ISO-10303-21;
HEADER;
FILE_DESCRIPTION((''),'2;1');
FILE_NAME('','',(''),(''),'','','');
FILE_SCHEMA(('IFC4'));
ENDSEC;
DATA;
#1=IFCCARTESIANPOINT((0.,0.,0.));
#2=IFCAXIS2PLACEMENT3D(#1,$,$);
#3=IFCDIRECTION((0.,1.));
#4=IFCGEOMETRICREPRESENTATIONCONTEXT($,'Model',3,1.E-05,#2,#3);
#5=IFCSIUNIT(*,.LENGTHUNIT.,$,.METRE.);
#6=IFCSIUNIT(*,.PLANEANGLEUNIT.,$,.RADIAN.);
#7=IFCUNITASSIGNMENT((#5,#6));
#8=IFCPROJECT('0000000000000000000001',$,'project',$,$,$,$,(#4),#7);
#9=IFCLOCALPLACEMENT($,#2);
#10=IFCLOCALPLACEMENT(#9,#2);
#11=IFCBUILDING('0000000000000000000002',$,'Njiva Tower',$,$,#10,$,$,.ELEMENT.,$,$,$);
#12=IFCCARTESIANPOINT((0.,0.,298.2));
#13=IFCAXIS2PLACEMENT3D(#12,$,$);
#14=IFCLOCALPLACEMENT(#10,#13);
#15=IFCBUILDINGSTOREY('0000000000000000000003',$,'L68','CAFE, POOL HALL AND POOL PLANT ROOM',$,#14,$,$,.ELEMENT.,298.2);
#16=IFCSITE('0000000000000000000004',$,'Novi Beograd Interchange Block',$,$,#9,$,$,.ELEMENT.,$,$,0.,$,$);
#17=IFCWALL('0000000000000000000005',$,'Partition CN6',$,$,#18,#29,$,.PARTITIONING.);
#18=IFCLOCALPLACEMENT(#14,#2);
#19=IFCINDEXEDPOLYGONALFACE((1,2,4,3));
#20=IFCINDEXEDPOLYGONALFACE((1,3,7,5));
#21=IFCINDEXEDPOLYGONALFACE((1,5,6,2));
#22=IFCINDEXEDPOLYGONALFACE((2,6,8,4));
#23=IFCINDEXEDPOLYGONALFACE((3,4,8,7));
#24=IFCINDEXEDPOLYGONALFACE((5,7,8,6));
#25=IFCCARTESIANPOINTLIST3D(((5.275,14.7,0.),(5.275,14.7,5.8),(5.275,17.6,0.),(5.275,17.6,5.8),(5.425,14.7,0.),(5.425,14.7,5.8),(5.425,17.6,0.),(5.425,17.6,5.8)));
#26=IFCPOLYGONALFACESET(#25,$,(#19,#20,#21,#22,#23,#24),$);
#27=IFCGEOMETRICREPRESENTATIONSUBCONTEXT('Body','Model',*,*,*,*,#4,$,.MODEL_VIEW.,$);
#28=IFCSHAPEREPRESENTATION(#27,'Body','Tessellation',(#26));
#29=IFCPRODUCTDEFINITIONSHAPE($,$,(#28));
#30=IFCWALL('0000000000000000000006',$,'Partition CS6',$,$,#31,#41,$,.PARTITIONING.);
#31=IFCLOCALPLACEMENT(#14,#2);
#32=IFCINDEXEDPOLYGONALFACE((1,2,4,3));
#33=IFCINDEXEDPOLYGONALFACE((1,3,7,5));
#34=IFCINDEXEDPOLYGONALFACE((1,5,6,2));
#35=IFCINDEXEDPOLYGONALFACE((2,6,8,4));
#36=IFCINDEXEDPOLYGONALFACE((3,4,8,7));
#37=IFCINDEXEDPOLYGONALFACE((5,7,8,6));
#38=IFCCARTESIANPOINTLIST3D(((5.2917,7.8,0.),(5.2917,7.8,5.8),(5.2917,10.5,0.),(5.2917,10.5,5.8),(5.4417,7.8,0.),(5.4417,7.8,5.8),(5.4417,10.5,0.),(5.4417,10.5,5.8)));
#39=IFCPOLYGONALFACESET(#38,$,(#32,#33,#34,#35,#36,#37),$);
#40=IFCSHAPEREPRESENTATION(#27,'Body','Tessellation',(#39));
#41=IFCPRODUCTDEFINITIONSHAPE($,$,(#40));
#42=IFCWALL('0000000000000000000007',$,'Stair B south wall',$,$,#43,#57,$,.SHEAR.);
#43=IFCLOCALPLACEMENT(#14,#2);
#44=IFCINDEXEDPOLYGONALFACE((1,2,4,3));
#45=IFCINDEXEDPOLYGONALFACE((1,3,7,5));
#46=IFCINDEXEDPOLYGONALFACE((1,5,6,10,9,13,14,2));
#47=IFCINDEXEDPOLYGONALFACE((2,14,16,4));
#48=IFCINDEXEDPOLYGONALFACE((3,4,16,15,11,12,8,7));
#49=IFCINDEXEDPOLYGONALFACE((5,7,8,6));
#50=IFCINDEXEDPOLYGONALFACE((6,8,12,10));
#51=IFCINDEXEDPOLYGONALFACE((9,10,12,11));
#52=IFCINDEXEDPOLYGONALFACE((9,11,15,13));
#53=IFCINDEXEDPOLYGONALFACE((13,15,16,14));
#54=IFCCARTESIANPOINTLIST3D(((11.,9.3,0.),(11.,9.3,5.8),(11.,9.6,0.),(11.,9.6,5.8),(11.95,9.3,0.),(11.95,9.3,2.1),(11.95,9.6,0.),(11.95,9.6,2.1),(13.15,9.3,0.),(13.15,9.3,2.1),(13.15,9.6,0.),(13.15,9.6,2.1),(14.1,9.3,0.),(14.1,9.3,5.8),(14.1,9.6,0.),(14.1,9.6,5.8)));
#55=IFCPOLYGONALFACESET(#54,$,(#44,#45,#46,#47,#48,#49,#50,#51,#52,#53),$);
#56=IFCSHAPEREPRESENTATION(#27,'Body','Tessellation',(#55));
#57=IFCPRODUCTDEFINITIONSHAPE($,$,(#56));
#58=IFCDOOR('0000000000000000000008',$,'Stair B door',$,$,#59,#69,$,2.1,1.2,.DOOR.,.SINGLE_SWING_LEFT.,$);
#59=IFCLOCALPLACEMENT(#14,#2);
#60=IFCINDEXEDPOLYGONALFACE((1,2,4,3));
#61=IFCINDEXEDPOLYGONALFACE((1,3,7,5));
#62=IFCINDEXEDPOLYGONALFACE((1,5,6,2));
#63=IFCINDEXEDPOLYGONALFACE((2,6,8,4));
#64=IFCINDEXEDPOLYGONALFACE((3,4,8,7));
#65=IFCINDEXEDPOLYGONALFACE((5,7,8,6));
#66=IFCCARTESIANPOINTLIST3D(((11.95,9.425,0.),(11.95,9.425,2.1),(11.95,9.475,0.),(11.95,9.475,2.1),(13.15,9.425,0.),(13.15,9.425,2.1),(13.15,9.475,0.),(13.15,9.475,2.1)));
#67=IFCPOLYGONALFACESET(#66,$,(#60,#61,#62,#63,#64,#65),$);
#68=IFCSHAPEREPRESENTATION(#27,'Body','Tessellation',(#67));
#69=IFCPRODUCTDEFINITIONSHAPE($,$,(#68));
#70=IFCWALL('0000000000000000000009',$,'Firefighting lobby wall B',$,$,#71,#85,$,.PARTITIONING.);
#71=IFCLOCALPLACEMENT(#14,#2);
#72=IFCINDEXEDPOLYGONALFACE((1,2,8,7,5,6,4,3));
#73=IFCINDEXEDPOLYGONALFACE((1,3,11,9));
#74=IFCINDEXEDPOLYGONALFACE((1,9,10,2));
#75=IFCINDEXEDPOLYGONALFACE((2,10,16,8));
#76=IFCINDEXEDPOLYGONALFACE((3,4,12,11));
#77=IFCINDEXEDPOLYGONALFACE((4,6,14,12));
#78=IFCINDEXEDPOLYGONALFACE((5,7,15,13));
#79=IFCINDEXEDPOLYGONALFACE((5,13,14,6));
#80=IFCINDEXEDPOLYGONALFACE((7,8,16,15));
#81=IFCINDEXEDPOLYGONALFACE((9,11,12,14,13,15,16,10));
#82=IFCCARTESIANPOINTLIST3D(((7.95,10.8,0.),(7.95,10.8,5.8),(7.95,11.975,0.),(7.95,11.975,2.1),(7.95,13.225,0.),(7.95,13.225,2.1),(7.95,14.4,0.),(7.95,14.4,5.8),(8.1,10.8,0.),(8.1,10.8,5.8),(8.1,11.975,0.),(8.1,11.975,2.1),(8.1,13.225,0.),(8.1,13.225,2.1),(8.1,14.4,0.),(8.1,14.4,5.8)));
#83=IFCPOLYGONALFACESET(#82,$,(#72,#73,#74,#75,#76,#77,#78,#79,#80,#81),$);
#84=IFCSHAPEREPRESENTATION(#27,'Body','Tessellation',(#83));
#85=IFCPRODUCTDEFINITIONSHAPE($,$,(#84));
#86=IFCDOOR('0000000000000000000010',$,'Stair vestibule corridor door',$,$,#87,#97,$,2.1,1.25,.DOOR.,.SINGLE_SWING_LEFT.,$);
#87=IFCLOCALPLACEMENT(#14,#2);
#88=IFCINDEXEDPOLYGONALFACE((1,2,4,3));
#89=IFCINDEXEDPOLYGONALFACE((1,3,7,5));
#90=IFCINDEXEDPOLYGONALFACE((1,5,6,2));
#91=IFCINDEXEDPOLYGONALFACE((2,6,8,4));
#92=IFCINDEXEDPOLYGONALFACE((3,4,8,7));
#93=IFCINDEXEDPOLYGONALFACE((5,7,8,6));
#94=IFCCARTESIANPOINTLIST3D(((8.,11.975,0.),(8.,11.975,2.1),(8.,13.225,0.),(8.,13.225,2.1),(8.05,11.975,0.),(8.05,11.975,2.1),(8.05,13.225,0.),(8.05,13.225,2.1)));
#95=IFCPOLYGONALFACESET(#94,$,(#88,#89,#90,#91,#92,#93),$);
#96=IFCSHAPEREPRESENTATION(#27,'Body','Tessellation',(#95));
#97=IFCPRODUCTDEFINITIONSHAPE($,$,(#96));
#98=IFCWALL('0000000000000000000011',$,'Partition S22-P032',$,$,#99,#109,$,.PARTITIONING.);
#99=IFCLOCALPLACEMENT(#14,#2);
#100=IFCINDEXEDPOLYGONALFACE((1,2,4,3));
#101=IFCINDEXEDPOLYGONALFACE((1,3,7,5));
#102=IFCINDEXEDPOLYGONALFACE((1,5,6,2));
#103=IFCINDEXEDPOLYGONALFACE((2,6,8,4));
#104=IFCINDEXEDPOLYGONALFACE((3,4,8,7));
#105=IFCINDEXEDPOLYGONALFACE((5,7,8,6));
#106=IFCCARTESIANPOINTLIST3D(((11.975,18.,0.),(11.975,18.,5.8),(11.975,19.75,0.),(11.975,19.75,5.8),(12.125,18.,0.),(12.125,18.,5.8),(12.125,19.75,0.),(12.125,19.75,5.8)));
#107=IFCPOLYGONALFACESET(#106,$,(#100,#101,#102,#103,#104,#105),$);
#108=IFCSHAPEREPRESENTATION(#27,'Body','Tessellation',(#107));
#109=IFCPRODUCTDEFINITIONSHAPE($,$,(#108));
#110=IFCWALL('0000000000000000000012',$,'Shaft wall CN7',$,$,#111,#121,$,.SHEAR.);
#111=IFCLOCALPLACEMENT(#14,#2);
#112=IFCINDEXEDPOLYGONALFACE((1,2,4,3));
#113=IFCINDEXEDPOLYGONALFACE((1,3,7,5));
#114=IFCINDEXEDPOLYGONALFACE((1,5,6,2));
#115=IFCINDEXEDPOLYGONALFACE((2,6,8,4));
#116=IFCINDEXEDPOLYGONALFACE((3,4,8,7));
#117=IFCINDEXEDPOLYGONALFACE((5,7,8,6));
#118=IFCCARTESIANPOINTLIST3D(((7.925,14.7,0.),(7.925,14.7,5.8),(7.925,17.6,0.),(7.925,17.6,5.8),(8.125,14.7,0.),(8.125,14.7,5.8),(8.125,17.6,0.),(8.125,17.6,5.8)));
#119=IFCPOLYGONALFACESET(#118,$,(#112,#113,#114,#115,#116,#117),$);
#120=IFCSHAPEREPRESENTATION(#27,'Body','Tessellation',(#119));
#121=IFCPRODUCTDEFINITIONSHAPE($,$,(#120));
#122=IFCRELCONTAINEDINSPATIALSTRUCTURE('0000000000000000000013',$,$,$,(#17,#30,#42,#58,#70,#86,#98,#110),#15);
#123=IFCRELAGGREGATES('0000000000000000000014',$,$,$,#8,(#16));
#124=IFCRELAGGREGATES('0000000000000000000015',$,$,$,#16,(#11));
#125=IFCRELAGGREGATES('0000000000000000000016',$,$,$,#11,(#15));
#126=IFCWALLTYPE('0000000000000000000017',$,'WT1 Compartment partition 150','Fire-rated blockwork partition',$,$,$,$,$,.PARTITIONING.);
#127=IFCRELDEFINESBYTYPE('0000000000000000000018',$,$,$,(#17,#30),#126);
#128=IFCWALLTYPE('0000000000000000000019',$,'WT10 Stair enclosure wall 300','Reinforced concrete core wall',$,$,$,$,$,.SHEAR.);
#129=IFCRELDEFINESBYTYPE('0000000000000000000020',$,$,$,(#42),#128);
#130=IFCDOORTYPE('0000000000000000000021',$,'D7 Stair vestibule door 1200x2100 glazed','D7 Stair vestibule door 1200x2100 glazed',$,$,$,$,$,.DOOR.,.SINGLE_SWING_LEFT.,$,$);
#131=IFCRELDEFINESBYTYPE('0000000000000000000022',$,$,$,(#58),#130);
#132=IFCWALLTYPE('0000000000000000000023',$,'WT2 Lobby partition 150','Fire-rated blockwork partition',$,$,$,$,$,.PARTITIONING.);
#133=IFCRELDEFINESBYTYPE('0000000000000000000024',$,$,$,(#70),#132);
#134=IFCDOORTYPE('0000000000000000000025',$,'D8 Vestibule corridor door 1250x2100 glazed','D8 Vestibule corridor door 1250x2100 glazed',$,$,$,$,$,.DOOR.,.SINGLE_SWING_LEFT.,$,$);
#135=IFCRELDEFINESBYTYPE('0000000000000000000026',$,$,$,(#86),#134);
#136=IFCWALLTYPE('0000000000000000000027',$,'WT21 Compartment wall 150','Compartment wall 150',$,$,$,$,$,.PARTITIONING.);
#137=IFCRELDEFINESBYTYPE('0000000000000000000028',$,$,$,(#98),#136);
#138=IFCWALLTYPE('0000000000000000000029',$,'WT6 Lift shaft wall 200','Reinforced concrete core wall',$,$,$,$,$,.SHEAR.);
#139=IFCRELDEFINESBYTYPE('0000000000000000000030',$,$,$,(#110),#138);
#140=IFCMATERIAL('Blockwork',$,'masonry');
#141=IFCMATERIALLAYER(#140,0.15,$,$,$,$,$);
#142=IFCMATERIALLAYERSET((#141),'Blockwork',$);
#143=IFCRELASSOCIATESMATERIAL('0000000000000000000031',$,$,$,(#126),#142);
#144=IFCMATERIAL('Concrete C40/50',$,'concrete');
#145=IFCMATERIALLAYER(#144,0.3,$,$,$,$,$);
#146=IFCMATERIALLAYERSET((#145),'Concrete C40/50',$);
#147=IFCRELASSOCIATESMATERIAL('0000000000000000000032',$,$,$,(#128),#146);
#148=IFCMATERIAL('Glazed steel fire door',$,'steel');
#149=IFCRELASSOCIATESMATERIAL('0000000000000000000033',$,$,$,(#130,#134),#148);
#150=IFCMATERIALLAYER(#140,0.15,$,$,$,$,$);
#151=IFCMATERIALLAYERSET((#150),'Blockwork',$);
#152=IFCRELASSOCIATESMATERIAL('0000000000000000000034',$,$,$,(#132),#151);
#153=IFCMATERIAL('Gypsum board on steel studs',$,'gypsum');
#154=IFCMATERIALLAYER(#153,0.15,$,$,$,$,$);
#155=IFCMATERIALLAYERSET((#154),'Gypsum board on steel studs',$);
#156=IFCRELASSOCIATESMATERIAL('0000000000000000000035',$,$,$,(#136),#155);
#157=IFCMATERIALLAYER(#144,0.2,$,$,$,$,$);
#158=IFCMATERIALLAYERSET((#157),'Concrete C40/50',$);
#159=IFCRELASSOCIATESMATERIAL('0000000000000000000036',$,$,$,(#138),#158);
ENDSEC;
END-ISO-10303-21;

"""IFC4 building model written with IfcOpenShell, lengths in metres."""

from ifc_helpers import new_model, si_unit, direction, frame, frame_2d, origin, place, context, subcontext, project, spatial, rectangle, extrude, material, layer, layer_set, type_object, element, fill, save


model = new_model("IFC4")

# Units and contexts
model_context = context("Model", 3, precision=1e-05, world=origin(), true_north=direction((0.0, 1.0)))
body_context = subcontext(model_context, "Body", "Model", "MODEL_VIEW")
ifc_project = project(units=[si_unit("LENGTHUNIT", "METRE"), si_unit("PLANEANGLEUNIT", "RADIAN")], contexts=[model_context])

# Site, building, storey
site_placement = place(None, origin())
site = spatial("IfcSite", under=ifc_project, at=site_placement, Name="Novi Beograd Interchange Block", CompositionType="ELEMENT", RefElevation=0.0)
building_placement = place(site_placement, origin())
building = spatial("IfcBuilding", under=site, at=building_placement, Name="Njiva Tower", CompositionType="ELEMENT")
storey_placement = place(building_placement, frame((0.0, 0.0, 298.2)))
storey = spatial("IfcBuildingStorey", under=building, at=storey_placement, Name="L68", Description="CAFE, POOL HALL AND POOL PLANT ROOM", CompositionType="ELEMENT", Elevation=298.2)

# Walls
ifc_material_1 = material(Name="Blockwork", Category="masonry")
ifc_layer_1 = layer(ifc_material_1, 0.15)
ifc_layer_set_1 = layer_set([ifc_layer_1], Name="Blockwork")
wall_type_1 = type_object("IfcWallType", Name="WT1 Compartment partition 150", Description="Fire-rated blockwork partition", PredefinedType="PARTITIONING", material=ifc_layer_set_1)
wall_1_placement = place(storey_placement, frame((5.35, 14.7, 0.0), z_axis=(0.0, 0.0, 1.0), x_axis=(0.0, 1.0, 0.0)))
element("IfcWall", 1, at=wall_1_placement, inside=storey, type_object=wall_type_1, Name="Partition CN6", PredefinedType="PARTITIONING", context=body_context, shape_type="SweptSolid", body=[
    extrude(rectangle(XDim=2.9, YDim=0.15, at=frame_2d((1.45, 0.0))), origin(), (0.0, 0.0, 1.0), 5.8),
])
wall_2_placement = place(storey_placement, frame((5.3667, 7.8, 0.0), z_axis=(0.0, 0.0, 1.0), x_axis=(0.0, 1.0, 0.0)))
element("IfcWall", 2, at=wall_2_placement, inside=storey, type_object=wall_type_1, Name="Partition CS6", PredefinedType="PARTITIONING", context=body_context, shape_type="SweptSolid", body=[
    extrude(rectangle(XDim=2.7, YDim=0.15, at=frame_2d((1.35, 0.0))), origin(), (0.0, 0.0, 1.0), 5.8),
])

# Walls, openings, doors
ifc_material_2 = material(Name="Concrete C40/50", Category="concrete")
ifc_layer_2 = layer(ifc_material_2, 0.3)
ifc_layer_set_2 = layer_set([ifc_layer_2], Name="Concrete C40/50")
wall_type_2 = type_object("IfcWallType", Name="WT10 Stair enclosure wall 300", Description="Reinforced concrete core wall", PredefinedType="SHEAR", material=ifc_layer_set_2)
wall_3_placement = place(storey_placement, frame((11.0, 9.45, 0.0), z_axis=(0.0, 0.0, 1.0), x_axis=(1.0, 0.0, 0.0)))
wall_3 = element("IfcWall", 3, at=wall_3_placement, inside=storey, type_object=wall_type_2, Name="Stair B south wall", PredefinedType="SHEAR", context=body_context, shape_type="SweptSolid", body=[
    extrude(rectangle(XDim=3.1, YDim=0.3, at=frame_2d((1.55, 0.0))), origin(), (0.0, 0.0, 1.0), 5.8),
])
opening_1_placement = place(wall_3_placement, frame((0.95, 0.0, 0.0)))
opening_1 = element("IfcOpeningElement", 4, at=opening_1_placement, cuts=wall_3, PredefinedType="OPENING", context=body_context, shape_type="SweptSolid", body=[
    extrude(rectangle(XDim=1.2, YDim=2.1, at=frame_2d((0.6, 1.05))), frame((0.0, 0.16, 0.0), z_axis=(0.0, -1.0, 0.0), x_axis=(1.0, 0.0, 0.0)), (0.0, 0.0, 1.0), 0.32),
])
ifc_material_3 = material(Name="Glazed steel fire door", Category="steel")
door_type_1 = type_object("IfcDoorType", Name="D7 Stair vestibule door 1200x2100 glazed", Description="D7 Stair vestibule door 1200x2100 glazed", OperationType="SINGLE_SWING_LEFT", PredefinedType="DOOR", material=ifc_material_3)
door_1_placement = place(opening_1_placement, origin())
door_1 = element("IfcDoor", 5, at=door_1_placement, inside=storey, type_object=door_type_1, Name="Stair B door", OperationType="SINGLE_SWING_LEFT", OverallHeight=2.1, OverallWidth=1.2, PredefinedType="DOOR", context=body_context, shape_type="SweptSolid", body=[
    extrude(rectangle(XDim=1.2, YDim=2.1, at=frame_2d((0.6, 1.05))), frame((0.0, 0.025, 0.0), z_axis=(0.0, -1.0, 0.0), x_axis=(1.0, 0.0, 0.0)), (0.0, 0.0, 1.0), 0.05),
])
fill(opening_1, door_1)
ifc_layer_3 = layer(ifc_material_1, 0.15)
ifc_layer_set_3 = layer_set([ifc_layer_3], Name="Blockwork")
wall_type_3 = type_object("IfcWallType", Name="WT2 Lobby partition 150", Description="Fire-rated blockwork partition", PredefinedType="PARTITIONING", material=ifc_layer_set_3)
wall_4_placement = place(storey_placement, frame((8.025, 10.8, 0.0), z_axis=(0.0, 0.0, 1.0), x_axis=(0.0, 1.0, 0.0)))
wall_4 = element("IfcWall", 6, at=wall_4_placement, inside=storey, type_object=wall_type_3, Name="Firefighting lobby wall B", PredefinedType="PARTITIONING", context=body_context, shape_type="SweptSolid", body=[
    extrude(rectangle(XDim=3.6, YDim=0.15, at=frame_2d((1.8, 0.0))), origin(), (0.0, 0.0, 1.0), 5.8),
])
opening_2_placement = place(wall_4_placement, frame((1.175, 0.0, 0.0)))
opening_2 = element("IfcOpeningElement", 7, at=opening_2_placement, cuts=wall_4, PredefinedType="OPENING", context=body_context, shape_type="SweptSolid", body=[
    extrude(rectangle(XDim=1.25, YDim=2.1, at=frame_2d((0.625, 1.05))), frame((0.0, 0.085, 0.0), z_axis=(0.0, -1.0, 0.0), x_axis=(1.0, 0.0, 0.0)), (0.0, 0.0, 1.0), 0.17),
])
door_type_2 = type_object("IfcDoorType", Name="D8 Vestibule corridor door 1250x2100 glazed", Description="D8 Vestibule corridor door 1250x2100 glazed", OperationType="SINGLE_SWING_LEFT", PredefinedType="DOOR", material=ifc_material_3)
door_2_placement = place(opening_2_placement, origin())
door_2 = element("IfcDoor", 8, at=door_2_placement, inside=storey, type_object=door_type_2, Name="Stair vestibule corridor door", OperationType="SINGLE_SWING_LEFT", OverallHeight=2.1, OverallWidth=1.25, PredefinedType="DOOR", context=body_context, shape_type="SweptSolid", body=[
    extrude(rectangle(XDim=1.25, YDim=2.1, at=frame_2d((0.625, 1.05))), frame((0.0, 0.025, 0.0), z_axis=(0.0, -1.0, 0.0), x_axis=(1.0, 0.0, 0.0)), (0.0, 0.0, 1.0), 0.05),
])
fill(opening_2, door_2)

# Walls
ifc_material_4 = material(Name="Gypsum board on steel studs", Category="gypsum")
ifc_layer_4 = layer(ifc_material_4, 0.15)
ifc_layer_set_4 = layer_set([ifc_layer_4], Name="Gypsum board on steel studs")
wall_type_4 = type_object("IfcWallType", Name="WT21 Compartment wall 150", Description="Compartment wall 150", PredefinedType="PARTITIONING", material=ifc_layer_set_4)
wall_5_placement = place(storey_placement, frame((12.05, 18.0, 0.0), z_axis=(0.0, 0.0, 1.0), x_axis=(0.0, 1.0, 0.0)))
element("IfcWall", 9, at=wall_5_placement, inside=storey, type_object=wall_type_4, Name="Partition S22-P032", PredefinedType="PARTITIONING", context=body_context, shape_type="SweptSolid", body=[
    extrude(rectangle(XDim=1.75, YDim=0.15, at=frame_2d((0.875, 0.0))), origin(), (0.0, 0.0, 1.0), 5.8),
])
ifc_layer_5 = layer(ifc_material_2, 0.2)
ifc_layer_set_5 = layer_set([ifc_layer_5], Name="Concrete C40/50")
wall_type_5 = type_object("IfcWallType", Name="WT6 Lift shaft wall 200", Description="Reinforced concrete core wall", PredefinedType="SHEAR", material=ifc_layer_set_5)
wall_6_placement = place(storey_placement, frame((8.025, 14.7, 0.0), z_axis=(0.0, 0.0, 1.0), x_axis=(0.0, 1.0, 0.0)))
element("IfcWall", 10, at=wall_6_placement, inside=storey, type_object=wall_type_5, Name="Shaft wall CN7", PredefinedType="SHEAR", context=body_context, shape_type="SweptSolid", body=[
    extrude(rectangle(XDim=2.9, YDim=0.2, at=frame_2d((1.45, 0.0))), origin(), (0.0, 0.0, 1.0), 5.8),
])

save(model, "model.ifc")
